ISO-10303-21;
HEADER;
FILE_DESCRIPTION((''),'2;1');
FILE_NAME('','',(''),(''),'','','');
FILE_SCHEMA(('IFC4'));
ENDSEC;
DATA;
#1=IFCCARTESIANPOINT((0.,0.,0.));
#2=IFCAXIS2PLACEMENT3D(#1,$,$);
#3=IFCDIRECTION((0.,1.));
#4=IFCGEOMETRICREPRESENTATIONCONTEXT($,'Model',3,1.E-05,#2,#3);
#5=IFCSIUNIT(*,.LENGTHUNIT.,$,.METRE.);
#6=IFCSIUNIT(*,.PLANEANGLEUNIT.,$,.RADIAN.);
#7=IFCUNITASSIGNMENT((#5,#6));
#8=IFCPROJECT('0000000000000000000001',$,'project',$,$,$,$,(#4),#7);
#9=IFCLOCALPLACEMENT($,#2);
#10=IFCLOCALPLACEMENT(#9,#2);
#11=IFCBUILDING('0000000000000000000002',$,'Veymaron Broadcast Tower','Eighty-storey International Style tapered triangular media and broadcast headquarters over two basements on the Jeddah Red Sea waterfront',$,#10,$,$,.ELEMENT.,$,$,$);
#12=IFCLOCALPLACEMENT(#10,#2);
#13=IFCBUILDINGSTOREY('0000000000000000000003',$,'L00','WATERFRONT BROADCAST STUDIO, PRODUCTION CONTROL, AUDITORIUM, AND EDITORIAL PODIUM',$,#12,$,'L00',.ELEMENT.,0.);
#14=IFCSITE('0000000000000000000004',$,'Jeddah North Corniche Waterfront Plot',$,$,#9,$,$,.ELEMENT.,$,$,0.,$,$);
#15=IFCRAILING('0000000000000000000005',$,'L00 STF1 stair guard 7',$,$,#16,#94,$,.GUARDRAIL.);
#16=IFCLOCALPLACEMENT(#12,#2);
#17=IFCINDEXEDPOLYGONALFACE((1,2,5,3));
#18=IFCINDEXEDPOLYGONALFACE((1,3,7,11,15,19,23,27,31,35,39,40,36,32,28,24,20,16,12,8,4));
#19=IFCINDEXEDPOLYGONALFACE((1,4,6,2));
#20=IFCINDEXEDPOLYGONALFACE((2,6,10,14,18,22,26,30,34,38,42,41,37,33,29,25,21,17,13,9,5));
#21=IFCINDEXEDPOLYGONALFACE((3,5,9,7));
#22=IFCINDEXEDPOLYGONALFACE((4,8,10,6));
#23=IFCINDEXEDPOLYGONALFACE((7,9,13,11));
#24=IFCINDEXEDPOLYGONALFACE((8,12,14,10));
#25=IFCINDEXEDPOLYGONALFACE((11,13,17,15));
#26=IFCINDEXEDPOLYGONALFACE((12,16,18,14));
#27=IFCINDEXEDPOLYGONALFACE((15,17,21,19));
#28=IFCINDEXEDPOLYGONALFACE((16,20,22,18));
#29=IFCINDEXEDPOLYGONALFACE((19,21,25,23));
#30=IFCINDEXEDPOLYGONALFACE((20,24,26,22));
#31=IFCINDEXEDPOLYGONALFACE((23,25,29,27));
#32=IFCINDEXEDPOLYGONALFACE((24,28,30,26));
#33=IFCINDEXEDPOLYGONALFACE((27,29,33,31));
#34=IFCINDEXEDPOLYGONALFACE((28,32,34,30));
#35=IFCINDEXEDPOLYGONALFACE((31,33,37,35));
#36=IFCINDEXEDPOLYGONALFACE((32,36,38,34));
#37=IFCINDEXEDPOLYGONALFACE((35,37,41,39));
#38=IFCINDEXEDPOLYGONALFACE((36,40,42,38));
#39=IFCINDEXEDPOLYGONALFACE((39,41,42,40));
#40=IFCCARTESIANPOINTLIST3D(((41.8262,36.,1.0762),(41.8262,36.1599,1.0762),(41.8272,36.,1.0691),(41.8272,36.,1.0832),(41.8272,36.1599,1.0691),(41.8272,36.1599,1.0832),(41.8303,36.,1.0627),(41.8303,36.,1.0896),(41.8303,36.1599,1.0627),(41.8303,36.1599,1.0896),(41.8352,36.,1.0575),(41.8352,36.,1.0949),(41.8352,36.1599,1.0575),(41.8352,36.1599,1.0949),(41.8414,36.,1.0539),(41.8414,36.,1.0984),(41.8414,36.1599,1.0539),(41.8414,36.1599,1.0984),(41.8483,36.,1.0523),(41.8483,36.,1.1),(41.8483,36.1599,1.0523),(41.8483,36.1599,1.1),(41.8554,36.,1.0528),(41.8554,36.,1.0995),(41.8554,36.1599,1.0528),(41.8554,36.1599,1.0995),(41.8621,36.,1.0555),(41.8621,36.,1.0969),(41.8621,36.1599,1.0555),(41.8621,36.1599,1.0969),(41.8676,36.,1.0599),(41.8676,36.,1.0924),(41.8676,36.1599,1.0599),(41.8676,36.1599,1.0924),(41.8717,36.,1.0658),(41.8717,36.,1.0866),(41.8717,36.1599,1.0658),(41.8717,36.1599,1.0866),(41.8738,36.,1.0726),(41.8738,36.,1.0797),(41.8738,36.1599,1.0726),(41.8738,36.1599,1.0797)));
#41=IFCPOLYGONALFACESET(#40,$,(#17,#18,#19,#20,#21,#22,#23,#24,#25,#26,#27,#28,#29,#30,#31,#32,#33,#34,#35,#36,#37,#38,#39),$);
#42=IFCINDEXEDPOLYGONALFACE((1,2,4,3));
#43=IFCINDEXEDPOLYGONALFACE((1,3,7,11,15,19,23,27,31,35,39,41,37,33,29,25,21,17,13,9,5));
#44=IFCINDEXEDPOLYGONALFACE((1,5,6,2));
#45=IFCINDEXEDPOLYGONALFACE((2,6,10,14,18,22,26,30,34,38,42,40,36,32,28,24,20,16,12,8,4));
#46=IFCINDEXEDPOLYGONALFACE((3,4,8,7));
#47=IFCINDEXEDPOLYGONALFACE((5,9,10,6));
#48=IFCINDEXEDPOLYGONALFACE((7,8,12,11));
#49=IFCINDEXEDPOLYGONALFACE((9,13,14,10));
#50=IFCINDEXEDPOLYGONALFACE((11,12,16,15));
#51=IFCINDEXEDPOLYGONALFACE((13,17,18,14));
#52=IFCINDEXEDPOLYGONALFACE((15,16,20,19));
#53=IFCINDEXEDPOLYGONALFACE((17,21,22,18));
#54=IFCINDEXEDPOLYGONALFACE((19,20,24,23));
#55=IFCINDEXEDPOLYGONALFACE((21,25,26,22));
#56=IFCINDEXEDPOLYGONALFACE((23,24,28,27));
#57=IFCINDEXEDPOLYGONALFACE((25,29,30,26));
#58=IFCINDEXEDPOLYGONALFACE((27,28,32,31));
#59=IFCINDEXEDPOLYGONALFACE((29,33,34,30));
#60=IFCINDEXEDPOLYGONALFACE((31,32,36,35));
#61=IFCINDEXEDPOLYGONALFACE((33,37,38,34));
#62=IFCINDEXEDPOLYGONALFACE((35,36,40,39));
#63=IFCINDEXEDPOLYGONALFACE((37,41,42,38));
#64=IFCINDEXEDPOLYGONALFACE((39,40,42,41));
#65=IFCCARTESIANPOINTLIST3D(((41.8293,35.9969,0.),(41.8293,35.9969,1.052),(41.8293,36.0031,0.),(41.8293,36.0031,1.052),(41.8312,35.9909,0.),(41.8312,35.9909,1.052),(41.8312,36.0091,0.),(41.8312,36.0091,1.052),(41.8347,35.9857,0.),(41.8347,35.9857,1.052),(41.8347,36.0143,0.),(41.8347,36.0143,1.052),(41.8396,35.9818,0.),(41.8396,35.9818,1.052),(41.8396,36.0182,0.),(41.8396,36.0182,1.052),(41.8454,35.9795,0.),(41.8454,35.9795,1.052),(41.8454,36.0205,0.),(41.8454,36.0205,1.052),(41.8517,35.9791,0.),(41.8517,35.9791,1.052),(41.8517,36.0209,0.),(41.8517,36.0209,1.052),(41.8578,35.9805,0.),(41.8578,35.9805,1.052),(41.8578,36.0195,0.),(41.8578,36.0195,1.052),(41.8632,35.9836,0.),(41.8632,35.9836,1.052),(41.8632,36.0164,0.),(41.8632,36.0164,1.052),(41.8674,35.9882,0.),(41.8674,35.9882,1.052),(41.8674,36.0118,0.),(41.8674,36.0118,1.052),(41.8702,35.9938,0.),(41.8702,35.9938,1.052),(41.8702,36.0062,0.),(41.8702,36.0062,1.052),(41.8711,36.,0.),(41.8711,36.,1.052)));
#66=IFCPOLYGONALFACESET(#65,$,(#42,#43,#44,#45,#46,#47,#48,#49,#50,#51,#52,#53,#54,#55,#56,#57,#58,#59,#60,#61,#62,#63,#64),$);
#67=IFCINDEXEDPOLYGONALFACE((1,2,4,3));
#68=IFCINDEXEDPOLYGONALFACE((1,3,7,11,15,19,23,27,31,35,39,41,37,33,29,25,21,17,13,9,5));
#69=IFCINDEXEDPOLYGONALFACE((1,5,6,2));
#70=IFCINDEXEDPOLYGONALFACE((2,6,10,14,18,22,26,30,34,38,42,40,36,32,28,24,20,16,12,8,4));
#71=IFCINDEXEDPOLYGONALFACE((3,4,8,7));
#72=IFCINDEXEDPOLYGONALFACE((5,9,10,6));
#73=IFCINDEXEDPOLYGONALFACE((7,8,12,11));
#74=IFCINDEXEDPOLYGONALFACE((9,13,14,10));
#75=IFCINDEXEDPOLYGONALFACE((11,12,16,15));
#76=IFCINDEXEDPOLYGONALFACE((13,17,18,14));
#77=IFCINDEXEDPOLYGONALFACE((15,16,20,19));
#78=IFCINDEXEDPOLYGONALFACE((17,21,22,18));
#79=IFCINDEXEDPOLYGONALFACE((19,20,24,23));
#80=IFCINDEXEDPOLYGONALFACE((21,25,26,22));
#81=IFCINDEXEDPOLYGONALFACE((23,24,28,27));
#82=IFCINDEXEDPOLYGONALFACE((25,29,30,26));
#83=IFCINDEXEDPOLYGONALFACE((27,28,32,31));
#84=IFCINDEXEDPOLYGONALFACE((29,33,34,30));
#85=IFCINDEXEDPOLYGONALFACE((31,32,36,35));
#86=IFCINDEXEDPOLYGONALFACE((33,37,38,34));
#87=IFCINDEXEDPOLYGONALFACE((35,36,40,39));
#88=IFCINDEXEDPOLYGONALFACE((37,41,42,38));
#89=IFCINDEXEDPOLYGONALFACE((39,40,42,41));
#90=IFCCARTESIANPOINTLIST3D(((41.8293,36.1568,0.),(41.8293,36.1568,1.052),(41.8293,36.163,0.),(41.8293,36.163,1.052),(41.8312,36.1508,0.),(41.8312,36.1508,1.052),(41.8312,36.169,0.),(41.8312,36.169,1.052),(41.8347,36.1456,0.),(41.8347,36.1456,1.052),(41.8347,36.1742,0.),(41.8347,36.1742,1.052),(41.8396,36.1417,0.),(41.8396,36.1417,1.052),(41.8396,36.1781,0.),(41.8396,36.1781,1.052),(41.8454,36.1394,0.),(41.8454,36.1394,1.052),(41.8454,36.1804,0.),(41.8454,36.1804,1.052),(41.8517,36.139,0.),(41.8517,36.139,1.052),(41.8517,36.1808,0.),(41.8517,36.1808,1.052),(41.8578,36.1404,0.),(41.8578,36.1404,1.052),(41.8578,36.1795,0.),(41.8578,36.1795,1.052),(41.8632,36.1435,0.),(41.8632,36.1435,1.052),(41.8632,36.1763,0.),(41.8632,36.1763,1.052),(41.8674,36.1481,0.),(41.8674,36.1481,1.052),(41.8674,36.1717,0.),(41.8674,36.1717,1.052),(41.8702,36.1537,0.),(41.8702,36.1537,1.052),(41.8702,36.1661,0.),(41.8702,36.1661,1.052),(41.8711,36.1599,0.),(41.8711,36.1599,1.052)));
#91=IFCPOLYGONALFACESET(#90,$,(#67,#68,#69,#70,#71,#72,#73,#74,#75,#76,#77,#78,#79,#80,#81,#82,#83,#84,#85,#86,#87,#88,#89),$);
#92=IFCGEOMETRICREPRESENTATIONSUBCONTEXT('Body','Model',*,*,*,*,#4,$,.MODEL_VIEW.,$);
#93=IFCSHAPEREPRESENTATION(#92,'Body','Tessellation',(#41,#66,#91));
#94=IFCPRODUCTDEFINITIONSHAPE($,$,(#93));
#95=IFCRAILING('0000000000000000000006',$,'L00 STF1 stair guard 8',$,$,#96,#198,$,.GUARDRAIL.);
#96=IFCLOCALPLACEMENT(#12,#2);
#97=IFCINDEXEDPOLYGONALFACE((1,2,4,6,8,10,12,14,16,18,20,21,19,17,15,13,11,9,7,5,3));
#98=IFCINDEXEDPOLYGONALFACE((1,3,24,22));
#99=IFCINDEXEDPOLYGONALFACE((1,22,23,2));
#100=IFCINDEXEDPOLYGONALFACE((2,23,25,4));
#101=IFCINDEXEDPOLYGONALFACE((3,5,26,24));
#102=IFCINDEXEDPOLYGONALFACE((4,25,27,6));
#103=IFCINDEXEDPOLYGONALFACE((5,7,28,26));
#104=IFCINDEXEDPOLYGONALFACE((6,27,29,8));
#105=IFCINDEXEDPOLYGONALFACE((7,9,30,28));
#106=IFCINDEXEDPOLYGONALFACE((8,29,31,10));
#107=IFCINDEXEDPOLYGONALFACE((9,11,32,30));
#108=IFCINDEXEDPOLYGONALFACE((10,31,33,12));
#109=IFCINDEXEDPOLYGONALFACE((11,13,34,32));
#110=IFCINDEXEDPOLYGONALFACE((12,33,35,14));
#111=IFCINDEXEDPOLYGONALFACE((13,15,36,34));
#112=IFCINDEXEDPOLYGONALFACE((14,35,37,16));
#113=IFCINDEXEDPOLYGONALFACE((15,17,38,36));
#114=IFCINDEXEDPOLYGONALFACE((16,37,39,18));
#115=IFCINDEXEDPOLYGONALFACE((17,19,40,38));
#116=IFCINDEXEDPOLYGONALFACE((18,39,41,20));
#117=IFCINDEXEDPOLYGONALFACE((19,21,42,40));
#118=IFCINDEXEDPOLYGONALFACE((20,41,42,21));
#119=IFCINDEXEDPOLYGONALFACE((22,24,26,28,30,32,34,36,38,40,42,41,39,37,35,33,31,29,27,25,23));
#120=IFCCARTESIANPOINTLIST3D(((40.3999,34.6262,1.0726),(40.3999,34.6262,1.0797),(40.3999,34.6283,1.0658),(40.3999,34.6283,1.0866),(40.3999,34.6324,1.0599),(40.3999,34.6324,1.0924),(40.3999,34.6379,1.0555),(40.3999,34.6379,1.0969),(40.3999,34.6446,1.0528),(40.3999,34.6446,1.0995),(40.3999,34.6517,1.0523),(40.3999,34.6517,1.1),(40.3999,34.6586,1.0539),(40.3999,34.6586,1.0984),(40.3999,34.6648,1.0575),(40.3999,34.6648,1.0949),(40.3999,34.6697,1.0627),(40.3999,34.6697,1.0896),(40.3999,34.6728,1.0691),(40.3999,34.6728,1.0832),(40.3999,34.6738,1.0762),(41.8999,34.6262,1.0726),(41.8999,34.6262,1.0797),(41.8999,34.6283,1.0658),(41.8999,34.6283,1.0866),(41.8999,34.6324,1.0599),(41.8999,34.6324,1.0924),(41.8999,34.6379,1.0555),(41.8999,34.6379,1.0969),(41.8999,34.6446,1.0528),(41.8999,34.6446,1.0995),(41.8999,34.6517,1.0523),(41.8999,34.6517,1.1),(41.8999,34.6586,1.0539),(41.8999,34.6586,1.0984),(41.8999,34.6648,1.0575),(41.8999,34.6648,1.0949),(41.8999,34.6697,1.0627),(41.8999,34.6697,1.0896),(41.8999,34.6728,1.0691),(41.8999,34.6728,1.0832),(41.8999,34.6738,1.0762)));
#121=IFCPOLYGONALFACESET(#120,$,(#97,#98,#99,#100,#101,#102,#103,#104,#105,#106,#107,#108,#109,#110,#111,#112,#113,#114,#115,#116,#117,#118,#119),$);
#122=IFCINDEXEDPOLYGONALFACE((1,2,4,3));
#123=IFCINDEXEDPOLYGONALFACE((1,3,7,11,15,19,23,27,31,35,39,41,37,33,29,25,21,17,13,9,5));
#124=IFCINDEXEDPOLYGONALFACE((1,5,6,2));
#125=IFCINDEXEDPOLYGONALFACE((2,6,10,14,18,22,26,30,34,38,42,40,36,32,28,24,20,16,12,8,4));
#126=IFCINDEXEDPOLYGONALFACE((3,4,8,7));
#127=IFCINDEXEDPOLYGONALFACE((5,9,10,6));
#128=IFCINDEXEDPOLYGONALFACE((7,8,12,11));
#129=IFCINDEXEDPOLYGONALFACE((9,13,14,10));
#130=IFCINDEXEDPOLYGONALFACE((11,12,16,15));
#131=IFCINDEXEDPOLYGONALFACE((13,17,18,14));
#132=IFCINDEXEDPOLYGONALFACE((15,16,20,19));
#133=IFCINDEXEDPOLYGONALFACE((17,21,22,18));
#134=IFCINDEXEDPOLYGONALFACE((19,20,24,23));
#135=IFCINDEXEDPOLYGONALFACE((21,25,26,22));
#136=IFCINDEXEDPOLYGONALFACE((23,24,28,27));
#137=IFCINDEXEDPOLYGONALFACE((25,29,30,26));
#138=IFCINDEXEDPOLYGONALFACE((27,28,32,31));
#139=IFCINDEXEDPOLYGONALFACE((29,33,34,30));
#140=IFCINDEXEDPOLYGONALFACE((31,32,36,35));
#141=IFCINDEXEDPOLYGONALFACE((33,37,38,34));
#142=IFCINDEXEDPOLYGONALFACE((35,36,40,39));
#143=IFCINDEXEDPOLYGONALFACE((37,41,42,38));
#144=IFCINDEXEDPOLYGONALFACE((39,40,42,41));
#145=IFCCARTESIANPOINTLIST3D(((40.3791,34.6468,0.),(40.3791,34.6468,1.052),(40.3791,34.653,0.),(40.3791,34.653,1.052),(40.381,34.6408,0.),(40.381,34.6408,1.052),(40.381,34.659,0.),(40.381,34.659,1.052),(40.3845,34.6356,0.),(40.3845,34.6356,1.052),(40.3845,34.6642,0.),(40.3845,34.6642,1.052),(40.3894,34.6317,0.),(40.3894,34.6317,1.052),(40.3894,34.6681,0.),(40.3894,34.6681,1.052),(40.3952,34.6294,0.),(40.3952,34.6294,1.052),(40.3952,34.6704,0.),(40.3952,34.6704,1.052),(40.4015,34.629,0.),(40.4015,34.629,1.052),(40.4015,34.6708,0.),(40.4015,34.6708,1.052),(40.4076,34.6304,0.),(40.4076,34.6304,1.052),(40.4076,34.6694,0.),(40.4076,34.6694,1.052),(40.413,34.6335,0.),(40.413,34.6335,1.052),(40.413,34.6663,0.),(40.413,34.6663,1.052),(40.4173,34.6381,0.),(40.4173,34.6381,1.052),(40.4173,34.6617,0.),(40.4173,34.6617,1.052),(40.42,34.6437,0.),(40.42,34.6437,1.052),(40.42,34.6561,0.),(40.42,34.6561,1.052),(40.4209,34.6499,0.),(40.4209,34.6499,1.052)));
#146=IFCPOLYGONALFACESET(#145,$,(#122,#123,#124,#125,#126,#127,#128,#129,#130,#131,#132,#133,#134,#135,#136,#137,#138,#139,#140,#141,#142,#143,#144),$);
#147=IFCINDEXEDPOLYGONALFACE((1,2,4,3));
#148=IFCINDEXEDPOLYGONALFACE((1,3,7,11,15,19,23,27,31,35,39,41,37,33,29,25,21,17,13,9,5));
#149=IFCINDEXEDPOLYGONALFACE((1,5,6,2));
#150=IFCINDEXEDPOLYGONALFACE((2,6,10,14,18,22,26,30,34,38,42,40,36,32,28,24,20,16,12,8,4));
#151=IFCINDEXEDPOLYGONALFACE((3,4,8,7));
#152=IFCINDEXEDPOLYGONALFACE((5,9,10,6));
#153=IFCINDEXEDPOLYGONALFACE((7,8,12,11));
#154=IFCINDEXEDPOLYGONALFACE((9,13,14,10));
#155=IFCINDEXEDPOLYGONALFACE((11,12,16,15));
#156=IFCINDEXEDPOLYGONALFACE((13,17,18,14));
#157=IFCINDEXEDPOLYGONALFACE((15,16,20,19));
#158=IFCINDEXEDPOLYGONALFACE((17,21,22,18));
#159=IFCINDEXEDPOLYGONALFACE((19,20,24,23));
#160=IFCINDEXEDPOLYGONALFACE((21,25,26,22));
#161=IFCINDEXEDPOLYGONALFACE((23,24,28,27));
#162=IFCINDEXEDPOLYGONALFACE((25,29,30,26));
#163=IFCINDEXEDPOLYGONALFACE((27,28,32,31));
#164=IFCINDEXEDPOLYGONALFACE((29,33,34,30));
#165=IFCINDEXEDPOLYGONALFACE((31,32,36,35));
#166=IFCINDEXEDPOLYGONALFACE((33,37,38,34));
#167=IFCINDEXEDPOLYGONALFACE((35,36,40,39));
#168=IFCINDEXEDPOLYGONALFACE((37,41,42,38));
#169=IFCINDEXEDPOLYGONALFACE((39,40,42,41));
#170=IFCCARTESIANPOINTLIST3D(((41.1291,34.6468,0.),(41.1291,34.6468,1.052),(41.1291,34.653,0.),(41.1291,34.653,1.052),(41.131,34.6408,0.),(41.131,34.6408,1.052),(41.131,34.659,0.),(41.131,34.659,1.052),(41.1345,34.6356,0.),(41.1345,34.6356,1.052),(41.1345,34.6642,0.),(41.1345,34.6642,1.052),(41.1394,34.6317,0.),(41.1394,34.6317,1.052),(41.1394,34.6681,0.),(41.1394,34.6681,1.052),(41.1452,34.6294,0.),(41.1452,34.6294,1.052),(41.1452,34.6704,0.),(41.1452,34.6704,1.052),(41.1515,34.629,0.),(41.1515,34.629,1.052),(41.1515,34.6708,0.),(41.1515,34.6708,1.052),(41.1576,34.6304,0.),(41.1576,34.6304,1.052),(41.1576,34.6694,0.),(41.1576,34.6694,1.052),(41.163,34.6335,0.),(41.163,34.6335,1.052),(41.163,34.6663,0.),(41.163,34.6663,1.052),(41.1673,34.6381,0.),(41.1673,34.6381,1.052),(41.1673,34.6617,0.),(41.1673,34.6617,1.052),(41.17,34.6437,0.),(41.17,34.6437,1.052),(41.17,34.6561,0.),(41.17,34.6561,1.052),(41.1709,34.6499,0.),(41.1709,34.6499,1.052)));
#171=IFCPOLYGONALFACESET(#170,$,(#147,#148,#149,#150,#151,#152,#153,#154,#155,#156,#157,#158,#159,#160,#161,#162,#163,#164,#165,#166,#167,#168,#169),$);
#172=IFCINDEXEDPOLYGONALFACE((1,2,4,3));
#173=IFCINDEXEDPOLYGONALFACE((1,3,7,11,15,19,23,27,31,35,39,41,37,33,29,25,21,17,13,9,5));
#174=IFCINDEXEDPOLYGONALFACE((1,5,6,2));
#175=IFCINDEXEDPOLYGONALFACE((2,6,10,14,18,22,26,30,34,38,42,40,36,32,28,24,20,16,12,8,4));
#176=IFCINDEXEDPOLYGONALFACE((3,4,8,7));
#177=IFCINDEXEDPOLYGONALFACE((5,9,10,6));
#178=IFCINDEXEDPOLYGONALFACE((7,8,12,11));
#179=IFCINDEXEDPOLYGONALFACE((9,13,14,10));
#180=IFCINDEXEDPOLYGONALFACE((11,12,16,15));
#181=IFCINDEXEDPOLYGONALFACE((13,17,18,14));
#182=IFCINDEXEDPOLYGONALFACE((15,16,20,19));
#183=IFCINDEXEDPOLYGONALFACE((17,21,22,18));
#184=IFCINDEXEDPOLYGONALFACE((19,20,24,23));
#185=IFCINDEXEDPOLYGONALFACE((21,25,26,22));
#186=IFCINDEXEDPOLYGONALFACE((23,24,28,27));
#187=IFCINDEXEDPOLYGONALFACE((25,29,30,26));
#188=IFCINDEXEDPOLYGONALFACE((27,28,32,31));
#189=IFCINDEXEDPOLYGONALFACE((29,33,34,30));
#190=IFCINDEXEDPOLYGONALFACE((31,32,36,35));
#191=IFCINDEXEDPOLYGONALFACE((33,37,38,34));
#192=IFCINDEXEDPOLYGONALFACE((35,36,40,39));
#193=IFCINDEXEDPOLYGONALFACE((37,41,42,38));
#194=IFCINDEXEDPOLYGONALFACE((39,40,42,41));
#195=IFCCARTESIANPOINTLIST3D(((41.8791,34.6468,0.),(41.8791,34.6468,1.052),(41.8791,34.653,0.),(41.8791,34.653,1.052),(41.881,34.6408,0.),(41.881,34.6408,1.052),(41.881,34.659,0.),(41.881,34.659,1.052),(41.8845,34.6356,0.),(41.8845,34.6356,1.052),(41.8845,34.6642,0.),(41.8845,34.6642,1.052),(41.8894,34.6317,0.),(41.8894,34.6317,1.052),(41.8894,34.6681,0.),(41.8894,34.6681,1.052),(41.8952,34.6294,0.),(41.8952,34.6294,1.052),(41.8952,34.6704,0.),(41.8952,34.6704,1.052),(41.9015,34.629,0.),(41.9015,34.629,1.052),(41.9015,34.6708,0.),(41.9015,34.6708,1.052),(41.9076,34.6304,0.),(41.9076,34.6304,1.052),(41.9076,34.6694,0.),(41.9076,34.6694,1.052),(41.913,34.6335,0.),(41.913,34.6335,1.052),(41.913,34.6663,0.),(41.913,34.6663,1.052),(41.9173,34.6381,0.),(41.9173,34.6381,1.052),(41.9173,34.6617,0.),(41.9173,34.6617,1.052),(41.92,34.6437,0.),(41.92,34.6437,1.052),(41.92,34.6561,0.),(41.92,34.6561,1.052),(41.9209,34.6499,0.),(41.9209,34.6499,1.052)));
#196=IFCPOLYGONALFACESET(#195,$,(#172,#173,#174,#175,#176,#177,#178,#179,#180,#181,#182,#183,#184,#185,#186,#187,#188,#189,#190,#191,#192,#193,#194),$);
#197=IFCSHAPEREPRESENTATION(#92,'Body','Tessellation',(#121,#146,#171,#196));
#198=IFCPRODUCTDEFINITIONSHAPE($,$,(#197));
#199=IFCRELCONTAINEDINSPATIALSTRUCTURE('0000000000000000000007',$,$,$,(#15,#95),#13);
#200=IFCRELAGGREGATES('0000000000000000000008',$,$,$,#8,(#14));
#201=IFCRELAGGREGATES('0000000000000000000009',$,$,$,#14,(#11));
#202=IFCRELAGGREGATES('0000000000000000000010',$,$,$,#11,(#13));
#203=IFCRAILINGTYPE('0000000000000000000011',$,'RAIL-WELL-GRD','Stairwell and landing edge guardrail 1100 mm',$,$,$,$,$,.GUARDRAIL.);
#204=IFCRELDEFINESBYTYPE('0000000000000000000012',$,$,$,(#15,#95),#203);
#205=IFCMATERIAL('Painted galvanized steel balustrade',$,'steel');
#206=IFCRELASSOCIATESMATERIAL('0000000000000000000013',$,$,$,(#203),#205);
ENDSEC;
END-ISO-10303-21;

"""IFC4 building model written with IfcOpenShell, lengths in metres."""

from ifc_helpers import new_model, si_unit, direction, frame, origin, origin_2d, place, context, subcontext, project, spatial, circle, extrude, material, type_object, element, save


model = new_model("IFC4")

# Units and contexts
model_context = context("Model", 3, precision=1e-05, world=origin(), true_north=direction((0.0, 1.0)))
body_context = subcontext(model_context, "Body", "Model", "MODEL_VIEW")
ifc_project = project(units=[si_unit("LENGTHUNIT", "METRE"), si_unit("PLANEANGLEUNIT", "RADIAN")], contexts=[model_context])

# Site, building, storey
site_placement = place(None, origin())
site = spatial("IfcSite", under=ifc_project, at=site_placement, Name="Jeddah North Corniche Waterfront Plot", CompositionType="ELEMENT", RefElevation=0.0)
building_placement = place(site_placement, origin())
building = spatial("IfcBuilding", under=site, at=building_placement, Name="Veymaron Broadcast Tower", Description="Eighty-storey International Style tapered triangular media and broadcast headquarters over two basements on the Jeddah Red Sea waterfront", CompositionType="ELEMENT")
storey_placement = place(building_placement, origin())
storey = spatial("IfcBuildingStorey", under=building, at=storey_placement, Name="L00", Description="WATERFRONT BROADCAST STUDIO, PRODUCTION CONTROL, AUDITORIUM, AND EDITORIAL PODIUM", LongName="L00", CompositionType="ELEMENT", Elevation=0.0)

# Railings
ifc_material_1 = material(Name="Painted galvanized steel balustrade", Category="steel")
railing_type_1 = type_object("IfcRailingType", Name="RAIL-WELL-GRD", Description="Stairwell and landing edge guardrail 1100 mm", PredefinedType="GUARDRAIL", material=ifc_material_1)
railing_1_placement = place(storey_placement, frame((41.8501, 36.0, 0.0)))
element("IfcRailing", 1, at=railing_1_placement, inside=storey, type_object=railing_type_1, Name="L00 STF1 stair guard 7", PredefinedType="GUARDRAIL", context=body_context, shape_type="SweptSolid", body=[
    extrude(circle(Radius=0.0239, at=origin_2d()), frame((0.0, 0.0, 1.0762), z_axis=(0.0, 1.0, 0.0), x_axis=(-1.0, 0.0, 0.0)), (0.0, 0.0, 1.0), 0.1599),
    extrude(circle(Radius=0.021, at=origin_2d()), origin(), (0.0, 0.0, 1.0), 1.052),
    extrude(circle(Radius=0.021, at=origin_2d()), frame((0.0, 0.1599, 0.0)), (0.0, 0.0, 1.0), 1.052),
])
for number, where, name in (
    (2, (40.3999, 34.6499, 0.0), "L00 STF1 stair guard 8"),
):
    element("IfcRailing", number, at=place(storey_placement, frame(where)), inside=storey, type_object=railing_type_1, Name=name, PredefinedType="GUARDRAIL", context=body_context, shape_type="SweptSolid", body=[
        extrude(circle(Radius=0.0239, at=origin_2d()), frame((0.0, 0.0, 1.0762), z_axis=(1.0, 0.0, 0.0), x_axis=(0.0, 1.0, 0.0)), (0.0, 0.0, 1.0), 1.5),
        extrude(circle(Radius=0.021, at=origin_2d()), origin(), (0.0, 0.0, 1.0), 1.052),
        extrude(circle(Radius=0.021, at=origin_2d()), frame((0.75, 0.0, 0.0)), (0.0, 0.0, 1.0), 1.052),
        extrude(circle(Radius=0.021, at=origin_2d()), frame((1.5, 0.0, 0.0)), (0.0, 0.0, 1.0), 1.052),
    ])

save(model, "model.ifc")
